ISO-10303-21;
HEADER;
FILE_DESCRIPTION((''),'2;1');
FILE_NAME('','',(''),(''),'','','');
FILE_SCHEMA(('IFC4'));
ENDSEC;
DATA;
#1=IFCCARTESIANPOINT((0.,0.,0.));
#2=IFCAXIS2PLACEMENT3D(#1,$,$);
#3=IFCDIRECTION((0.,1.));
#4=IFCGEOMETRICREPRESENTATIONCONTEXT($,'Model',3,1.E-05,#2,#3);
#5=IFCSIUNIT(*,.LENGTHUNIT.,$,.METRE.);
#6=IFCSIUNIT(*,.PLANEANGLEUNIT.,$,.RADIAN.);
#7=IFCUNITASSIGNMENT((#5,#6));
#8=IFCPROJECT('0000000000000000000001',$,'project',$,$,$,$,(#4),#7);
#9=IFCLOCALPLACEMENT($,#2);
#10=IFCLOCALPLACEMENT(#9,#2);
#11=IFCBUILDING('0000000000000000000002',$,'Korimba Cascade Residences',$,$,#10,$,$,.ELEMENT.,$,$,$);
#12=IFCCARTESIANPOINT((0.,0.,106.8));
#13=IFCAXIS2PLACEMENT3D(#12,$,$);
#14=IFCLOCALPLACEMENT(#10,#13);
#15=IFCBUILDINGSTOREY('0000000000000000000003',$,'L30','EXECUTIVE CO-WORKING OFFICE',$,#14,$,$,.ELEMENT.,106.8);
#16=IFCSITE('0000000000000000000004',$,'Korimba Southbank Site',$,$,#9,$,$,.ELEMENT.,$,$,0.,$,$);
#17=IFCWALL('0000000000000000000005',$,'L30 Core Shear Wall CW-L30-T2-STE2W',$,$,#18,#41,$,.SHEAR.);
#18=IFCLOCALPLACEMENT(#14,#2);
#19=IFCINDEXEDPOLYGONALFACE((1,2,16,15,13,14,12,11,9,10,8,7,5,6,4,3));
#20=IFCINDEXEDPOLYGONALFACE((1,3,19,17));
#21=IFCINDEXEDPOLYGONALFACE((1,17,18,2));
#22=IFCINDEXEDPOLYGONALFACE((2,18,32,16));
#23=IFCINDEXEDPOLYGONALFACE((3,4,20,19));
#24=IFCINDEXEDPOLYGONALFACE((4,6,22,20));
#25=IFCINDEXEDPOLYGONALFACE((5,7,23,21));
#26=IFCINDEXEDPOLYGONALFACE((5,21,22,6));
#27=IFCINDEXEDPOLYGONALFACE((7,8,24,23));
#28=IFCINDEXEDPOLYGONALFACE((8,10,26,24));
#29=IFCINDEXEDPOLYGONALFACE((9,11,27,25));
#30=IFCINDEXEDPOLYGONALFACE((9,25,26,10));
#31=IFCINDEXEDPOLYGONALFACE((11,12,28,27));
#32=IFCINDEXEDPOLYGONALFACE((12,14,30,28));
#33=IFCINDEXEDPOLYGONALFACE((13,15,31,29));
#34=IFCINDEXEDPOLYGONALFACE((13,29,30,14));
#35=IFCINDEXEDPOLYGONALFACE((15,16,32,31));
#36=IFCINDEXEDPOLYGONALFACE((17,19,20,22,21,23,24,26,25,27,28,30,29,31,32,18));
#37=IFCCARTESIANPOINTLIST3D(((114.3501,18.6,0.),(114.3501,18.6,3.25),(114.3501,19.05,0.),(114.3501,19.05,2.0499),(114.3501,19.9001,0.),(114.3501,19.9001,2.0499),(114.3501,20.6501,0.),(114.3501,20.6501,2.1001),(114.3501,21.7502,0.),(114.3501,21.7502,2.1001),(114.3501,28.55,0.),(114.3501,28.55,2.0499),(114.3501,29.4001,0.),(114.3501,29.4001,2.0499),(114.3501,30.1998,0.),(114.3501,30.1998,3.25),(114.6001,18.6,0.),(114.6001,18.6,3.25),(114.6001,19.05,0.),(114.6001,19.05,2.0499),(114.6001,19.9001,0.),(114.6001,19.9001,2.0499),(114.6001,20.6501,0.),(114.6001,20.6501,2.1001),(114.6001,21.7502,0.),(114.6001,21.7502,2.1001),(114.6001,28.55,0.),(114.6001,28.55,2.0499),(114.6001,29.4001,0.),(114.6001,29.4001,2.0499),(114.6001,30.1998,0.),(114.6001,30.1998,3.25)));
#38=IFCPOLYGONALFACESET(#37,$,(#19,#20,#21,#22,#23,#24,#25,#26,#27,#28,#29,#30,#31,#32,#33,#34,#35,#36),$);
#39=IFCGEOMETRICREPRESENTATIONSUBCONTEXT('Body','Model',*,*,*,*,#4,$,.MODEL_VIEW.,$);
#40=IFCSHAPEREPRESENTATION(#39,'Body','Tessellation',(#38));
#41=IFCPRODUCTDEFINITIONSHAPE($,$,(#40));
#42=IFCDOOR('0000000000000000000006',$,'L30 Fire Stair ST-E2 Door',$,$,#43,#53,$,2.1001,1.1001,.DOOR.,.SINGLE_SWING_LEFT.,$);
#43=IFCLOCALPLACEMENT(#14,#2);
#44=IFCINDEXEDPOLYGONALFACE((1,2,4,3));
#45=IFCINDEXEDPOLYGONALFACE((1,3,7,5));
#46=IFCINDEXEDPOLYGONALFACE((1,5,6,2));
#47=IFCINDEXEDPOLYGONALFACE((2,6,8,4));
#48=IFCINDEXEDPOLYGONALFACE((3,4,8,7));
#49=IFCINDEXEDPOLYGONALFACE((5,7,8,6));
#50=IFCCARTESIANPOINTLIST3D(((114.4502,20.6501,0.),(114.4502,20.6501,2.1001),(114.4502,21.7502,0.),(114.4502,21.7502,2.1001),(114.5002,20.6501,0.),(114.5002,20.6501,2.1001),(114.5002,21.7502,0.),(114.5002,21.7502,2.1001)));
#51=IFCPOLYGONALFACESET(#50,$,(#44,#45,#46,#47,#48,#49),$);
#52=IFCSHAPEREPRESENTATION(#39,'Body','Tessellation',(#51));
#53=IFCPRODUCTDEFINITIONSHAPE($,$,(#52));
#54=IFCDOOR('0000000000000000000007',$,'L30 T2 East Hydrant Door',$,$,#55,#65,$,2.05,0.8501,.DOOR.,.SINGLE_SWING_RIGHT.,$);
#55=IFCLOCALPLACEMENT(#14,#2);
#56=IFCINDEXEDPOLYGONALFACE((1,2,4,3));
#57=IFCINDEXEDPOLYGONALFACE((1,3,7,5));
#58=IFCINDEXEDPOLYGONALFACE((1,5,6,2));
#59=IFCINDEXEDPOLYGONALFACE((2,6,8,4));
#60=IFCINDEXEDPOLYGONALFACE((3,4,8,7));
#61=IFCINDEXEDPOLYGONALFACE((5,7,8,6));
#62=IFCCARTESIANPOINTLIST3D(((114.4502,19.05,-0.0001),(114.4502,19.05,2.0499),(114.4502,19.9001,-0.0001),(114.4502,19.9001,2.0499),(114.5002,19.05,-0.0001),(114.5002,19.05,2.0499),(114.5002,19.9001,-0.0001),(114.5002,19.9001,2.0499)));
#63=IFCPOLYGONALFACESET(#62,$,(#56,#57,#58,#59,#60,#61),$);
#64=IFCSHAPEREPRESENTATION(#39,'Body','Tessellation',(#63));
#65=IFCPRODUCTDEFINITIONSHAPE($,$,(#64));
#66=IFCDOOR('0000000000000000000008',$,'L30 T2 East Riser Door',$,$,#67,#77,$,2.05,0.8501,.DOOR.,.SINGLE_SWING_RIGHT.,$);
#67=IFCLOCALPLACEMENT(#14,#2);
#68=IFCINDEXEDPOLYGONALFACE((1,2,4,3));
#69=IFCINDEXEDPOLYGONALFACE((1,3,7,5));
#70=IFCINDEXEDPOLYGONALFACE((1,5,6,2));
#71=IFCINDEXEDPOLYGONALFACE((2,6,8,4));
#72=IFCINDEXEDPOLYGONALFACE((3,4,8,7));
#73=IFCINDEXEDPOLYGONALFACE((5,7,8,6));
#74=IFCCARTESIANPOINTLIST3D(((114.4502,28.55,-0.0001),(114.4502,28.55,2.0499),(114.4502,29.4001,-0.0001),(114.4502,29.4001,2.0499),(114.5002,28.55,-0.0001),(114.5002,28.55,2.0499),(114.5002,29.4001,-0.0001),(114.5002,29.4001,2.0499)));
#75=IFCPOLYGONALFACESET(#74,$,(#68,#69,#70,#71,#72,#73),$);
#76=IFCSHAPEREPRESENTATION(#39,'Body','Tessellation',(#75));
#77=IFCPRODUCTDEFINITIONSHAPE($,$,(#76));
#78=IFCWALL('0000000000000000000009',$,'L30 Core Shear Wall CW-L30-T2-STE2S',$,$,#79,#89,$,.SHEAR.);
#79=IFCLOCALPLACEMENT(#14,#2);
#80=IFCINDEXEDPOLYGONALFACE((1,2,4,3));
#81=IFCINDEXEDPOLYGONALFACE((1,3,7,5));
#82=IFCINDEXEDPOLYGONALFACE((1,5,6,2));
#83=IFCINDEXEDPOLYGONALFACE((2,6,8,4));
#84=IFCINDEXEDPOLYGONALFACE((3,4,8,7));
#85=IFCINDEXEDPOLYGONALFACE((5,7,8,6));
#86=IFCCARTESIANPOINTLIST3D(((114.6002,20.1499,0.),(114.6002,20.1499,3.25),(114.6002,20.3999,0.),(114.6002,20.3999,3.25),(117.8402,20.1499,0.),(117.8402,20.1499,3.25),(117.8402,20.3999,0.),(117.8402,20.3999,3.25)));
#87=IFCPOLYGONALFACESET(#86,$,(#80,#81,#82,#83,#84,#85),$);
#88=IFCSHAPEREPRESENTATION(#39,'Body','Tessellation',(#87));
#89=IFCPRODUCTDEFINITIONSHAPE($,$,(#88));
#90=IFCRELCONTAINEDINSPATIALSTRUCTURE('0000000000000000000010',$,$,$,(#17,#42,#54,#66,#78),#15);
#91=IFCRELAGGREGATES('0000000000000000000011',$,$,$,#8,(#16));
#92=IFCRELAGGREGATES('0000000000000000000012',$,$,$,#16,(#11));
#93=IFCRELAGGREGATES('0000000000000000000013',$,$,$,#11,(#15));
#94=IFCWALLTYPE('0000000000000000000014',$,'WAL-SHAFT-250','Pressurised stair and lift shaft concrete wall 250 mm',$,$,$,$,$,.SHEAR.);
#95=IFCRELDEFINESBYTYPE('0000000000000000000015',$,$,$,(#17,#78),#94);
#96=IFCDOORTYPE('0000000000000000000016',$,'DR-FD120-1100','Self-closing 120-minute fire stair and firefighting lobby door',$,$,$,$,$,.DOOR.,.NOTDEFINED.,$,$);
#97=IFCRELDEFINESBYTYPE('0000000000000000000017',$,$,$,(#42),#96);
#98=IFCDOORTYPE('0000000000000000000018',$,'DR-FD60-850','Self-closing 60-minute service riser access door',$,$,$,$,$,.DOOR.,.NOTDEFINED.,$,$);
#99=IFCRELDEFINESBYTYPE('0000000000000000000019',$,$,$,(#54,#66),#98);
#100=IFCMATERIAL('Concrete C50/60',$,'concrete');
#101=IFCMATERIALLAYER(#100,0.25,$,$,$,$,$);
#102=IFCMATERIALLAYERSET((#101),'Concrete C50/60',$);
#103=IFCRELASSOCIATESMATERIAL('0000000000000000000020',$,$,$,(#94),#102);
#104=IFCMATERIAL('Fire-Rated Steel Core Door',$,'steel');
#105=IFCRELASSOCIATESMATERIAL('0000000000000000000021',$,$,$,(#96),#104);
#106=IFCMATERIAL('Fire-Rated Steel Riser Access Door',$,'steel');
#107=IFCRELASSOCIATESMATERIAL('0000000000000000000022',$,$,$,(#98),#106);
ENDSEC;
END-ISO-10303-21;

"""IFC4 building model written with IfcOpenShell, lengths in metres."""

from ifc_helpers import new_model, si_unit, direction, frame, frame_2d, origin, place, context, subcontext, project, spatial, rectangle, extrude, material, layer, layer_set, type_object, element, fill, save


model = new_model("IFC4")

# Units and contexts
model_context = context("Model", 3, precision=1e-05, world=origin(), true_north=direction((0.0, 1.0)))
body_context = subcontext(model_context, "Body", "Model", "MODEL_VIEW")
ifc_project = project(units=[si_unit("LENGTHUNIT", "METRE"), si_unit("PLANEANGLEUNIT", "RADIAN")], contexts=[model_context])

# Site, building, storey
site_placement = place(None, origin())
site = spatial("IfcSite", under=ifc_project, at=site_placement, Name="Korimba Southbank Site", CompositionType="ELEMENT", RefElevation=0.0)
building_placement = place(site_placement, origin())
building = spatial("IfcBuilding", under=site, at=building_placement, Name="Korimba Cascade Residences", CompositionType="ELEMENT")
storey_placement = place(building_placement, frame((0.0, 0.0, 106.8)))
storey = spatial("IfcBuildingStorey", under=building, at=storey_placement, Name="L30", Description="EXECUTIVE CO-WORKING OFFICE", CompositionType="ELEMENT", Elevation=106.8)

# Wall, openings, doors
ifc_material_1 = material(Name="Concrete C50/60", Category="concrete")
ifc_layer_1 = layer(ifc_material_1, 0.25)
ifc_layer_set_1 = layer_set([ifc_layer_1], Name="Concrete C50/60")
wall_type_1 = type_object("IfcWallType", Name="WAL-SHAFT-250", Description="Pressurised stair and lift shaft concrete wall 250 mm", PredefinedType="SHEAR", material=ifc_layer_set_1)
wall_1_placement = place(storey_placement, frame((114.4751, 18.6001, 0.0), z_axis=(0.0, 0.0, 1.0), x_axis=(0.0, 1.0, 0.0)))
wall_1 = element("IfcWall", 1, at=wall_1_placement, inside=storey, type_object=wall_type_1, Name="L30 Core Shear Wall CW-L30-T2-STE2W", PredefinedType="SHEAR", context=body_context, shape_type="SweptSolid", body=[
    extrude(rectangle(XDim=11.5999, YDim=0.25, at=frame_2d((5.7998, 0.0))), origin(), (0.0, 0.0, 1.0), 3.25),
])
opening_1_placement = place(wall_1_placement, frame((0.45, 0.0, 0.0)))
opening_1 = element("IfcOpeningElement", 2, at=opening_1_placement, cuts=wall_1, PredefinedType="OPENING", context=body_context, shape_type="SweptSolid", body=[
    extrude(rectangle(XDim=0.8501, YDim=2.05, at=frame_2d((0.425, 1.0249))), frame((0.0, 0.135, 0.0), z_axis=(0.0, -1.0, 0.0), x_axis=(1.0, 0.0, 0.0)), (0.0, 0.0, 1.0), 0.27),
])
opening_2_placement = place(wall_1_placement, frame((2.05, 0.0, 0.0)))
opening_2 = element("IfcOpeningElement", 3, at=opening_2_placement, cuts=wall_1, PredefinedType="OPENING", context=body_context, shape_type="SweptSolid", body=[
    extrude(rectangle(XDim=1.1001, YDim=2.1001, at=frame_2d((0.55, 1.05))), frame((0.0, 0.135, 0.0), z_axis=(0.0, -1.0, 0.0), x_axis=(1.0, 0.0, 0.0)), (0.0, 0.0, 1.0), 0.27),
])
opening_3_placement = place(wall_1_placement, frame((9.95, 0.0, 0.0)))
opening_3 = element("IfcOpeningElement", 4, at=opening_3_placement, cuts=wall_1, PredefinedType="OPENING", context=body_context, shape_type="SweptSolid", body=[
    extrude(rectangle(XDim=0.8501, YDim=2.05, at=frame_2d((0.425, 1.0249))), frame((0.0, 0.135, 0.0), z_axis=(0.0, -1.0, 0.0), x_axis=(1.0, 0.0, 0.0)), (0.0, 0.0, 1.0), 0.27),
])
ifc_material_2 = material(Name="Fire-Rated Steel Core Door", Category="steel")
door_type_1 = type_object("IfcDoorType", Name="DR-FD120-1100", Description="Self-closing 120-minute fire stair and firefighting lobby door", OperationType="NOTDEFINED", PredefinedType="DOOR", material=ifc_material_2)
door_1_placement = place(opening_2_placement, origin())
door_1 = element("IfcDoor", 5, at=door_1_placement, inside=storey, type_object=door_type_1, Name="L30 Fire Stair ST-E2 Door", OperationType="SINGLE_SWING_LEFT", OverallHeight=2.1001, OverallWidth=1.1001, PredefinedType="DOOR", context=body_context, shape_type="SweptSolid", body=[
    extrude(rectangle(XDim=1.1001, YDim=2.1001, at=frame_2d((0.55, 1.05))), frame((0.0, 0.0249, 0.0), z_axis=(0.0, -1.0, 0.0), x_axis=(1.0, 0.0, 0.0)), (0.0, 0.0, 1.0), 0.05),
])
fill(opening_2, door_1)
ifc_material_3 = material(Name="Fire-Rated Steel Riser Access Door", Category="steel")
door_type_2 = type_object("IfcDoorType", Name="DR-FD60-850", Description="Self-closing 60-minute service riser access door", OperationType="NOTDEFINED", PredefinedType="DOOR", material=ifc_material_3)
door_2_placement = place(opening_1_placement, origin())
door_2 = element("IfcDoor", 6, at=door_2_placement, inside=storey, type_object=door_type_2, Name="L30 T2 East Hydrant Door", OperationType="SINGLE_SWING_RIGHT", OverallHeight=2.05, OverallWidth=0.8501, PredefinedType="DOOR", context=body_context, shape_type="SweptSolid", body=[
    extrude(rectangle(XDim=0.8501, YDim=2.05, at=frame_2d((0.425, 1.0249))), frame((0.0, 0.0249, 0.0), z_axis=(0.0, -1.0, 0.0), x_axis=(1.0, 0.0, 0.0)), (0.0, 0.0, 1.0), 0.05),
])
fill(opening_1, door_2)
door_3_placement = place(opening_3_placement, origin())
door_3 = element("IfcDoor", 7, at=door_3_placement, inside=storey, type_object=door_type_2, Name="L30 T2 East Riser Door", OperationType="SINGLE_SWING_RIGHT", OverallHeight=2.05, OverallWidth=0.8501, PredefinedType="DOOR", context=body_context, shape_type="SweptSolid", body=[
    extrude(rectangle(XDim=0.8501, YDim=2.05, at=frame_2d((0.425, 1.0249))), frame((0.0, 0.0249, 0.0), z_axis=(0.0, -1.0, 0.0), x_axis=(1.0, 0.0, 0.0)), (0.0, 0.0, 1.0), 0.05),
])
fill(opening_3, door_3)

# Wall
wall_2_placement = place(storey_placement, frame((114.6001, 20.2749, 0.0), z_axis=(0.0, 0.0, 1.0), x_axis=(1.0, 0.0, 0.0)))
element("IfcWall", 8, at=wall_2_placement, inside=storey, type_object=wall_type_1, Name="L30 Core Shear Wall CW-L30-T2-STE2S", PredefinedType="SHEAR", context=body_context, shape_type="SweptSolid", body=[
    extrude(rectangle(XDim=3.24, YDim=0.25, at=frame_2d((1.6201, 0.0))), origin(), (0.0, 0.0, 1.0), 3.25),
])

save(model, "model.ifc")
